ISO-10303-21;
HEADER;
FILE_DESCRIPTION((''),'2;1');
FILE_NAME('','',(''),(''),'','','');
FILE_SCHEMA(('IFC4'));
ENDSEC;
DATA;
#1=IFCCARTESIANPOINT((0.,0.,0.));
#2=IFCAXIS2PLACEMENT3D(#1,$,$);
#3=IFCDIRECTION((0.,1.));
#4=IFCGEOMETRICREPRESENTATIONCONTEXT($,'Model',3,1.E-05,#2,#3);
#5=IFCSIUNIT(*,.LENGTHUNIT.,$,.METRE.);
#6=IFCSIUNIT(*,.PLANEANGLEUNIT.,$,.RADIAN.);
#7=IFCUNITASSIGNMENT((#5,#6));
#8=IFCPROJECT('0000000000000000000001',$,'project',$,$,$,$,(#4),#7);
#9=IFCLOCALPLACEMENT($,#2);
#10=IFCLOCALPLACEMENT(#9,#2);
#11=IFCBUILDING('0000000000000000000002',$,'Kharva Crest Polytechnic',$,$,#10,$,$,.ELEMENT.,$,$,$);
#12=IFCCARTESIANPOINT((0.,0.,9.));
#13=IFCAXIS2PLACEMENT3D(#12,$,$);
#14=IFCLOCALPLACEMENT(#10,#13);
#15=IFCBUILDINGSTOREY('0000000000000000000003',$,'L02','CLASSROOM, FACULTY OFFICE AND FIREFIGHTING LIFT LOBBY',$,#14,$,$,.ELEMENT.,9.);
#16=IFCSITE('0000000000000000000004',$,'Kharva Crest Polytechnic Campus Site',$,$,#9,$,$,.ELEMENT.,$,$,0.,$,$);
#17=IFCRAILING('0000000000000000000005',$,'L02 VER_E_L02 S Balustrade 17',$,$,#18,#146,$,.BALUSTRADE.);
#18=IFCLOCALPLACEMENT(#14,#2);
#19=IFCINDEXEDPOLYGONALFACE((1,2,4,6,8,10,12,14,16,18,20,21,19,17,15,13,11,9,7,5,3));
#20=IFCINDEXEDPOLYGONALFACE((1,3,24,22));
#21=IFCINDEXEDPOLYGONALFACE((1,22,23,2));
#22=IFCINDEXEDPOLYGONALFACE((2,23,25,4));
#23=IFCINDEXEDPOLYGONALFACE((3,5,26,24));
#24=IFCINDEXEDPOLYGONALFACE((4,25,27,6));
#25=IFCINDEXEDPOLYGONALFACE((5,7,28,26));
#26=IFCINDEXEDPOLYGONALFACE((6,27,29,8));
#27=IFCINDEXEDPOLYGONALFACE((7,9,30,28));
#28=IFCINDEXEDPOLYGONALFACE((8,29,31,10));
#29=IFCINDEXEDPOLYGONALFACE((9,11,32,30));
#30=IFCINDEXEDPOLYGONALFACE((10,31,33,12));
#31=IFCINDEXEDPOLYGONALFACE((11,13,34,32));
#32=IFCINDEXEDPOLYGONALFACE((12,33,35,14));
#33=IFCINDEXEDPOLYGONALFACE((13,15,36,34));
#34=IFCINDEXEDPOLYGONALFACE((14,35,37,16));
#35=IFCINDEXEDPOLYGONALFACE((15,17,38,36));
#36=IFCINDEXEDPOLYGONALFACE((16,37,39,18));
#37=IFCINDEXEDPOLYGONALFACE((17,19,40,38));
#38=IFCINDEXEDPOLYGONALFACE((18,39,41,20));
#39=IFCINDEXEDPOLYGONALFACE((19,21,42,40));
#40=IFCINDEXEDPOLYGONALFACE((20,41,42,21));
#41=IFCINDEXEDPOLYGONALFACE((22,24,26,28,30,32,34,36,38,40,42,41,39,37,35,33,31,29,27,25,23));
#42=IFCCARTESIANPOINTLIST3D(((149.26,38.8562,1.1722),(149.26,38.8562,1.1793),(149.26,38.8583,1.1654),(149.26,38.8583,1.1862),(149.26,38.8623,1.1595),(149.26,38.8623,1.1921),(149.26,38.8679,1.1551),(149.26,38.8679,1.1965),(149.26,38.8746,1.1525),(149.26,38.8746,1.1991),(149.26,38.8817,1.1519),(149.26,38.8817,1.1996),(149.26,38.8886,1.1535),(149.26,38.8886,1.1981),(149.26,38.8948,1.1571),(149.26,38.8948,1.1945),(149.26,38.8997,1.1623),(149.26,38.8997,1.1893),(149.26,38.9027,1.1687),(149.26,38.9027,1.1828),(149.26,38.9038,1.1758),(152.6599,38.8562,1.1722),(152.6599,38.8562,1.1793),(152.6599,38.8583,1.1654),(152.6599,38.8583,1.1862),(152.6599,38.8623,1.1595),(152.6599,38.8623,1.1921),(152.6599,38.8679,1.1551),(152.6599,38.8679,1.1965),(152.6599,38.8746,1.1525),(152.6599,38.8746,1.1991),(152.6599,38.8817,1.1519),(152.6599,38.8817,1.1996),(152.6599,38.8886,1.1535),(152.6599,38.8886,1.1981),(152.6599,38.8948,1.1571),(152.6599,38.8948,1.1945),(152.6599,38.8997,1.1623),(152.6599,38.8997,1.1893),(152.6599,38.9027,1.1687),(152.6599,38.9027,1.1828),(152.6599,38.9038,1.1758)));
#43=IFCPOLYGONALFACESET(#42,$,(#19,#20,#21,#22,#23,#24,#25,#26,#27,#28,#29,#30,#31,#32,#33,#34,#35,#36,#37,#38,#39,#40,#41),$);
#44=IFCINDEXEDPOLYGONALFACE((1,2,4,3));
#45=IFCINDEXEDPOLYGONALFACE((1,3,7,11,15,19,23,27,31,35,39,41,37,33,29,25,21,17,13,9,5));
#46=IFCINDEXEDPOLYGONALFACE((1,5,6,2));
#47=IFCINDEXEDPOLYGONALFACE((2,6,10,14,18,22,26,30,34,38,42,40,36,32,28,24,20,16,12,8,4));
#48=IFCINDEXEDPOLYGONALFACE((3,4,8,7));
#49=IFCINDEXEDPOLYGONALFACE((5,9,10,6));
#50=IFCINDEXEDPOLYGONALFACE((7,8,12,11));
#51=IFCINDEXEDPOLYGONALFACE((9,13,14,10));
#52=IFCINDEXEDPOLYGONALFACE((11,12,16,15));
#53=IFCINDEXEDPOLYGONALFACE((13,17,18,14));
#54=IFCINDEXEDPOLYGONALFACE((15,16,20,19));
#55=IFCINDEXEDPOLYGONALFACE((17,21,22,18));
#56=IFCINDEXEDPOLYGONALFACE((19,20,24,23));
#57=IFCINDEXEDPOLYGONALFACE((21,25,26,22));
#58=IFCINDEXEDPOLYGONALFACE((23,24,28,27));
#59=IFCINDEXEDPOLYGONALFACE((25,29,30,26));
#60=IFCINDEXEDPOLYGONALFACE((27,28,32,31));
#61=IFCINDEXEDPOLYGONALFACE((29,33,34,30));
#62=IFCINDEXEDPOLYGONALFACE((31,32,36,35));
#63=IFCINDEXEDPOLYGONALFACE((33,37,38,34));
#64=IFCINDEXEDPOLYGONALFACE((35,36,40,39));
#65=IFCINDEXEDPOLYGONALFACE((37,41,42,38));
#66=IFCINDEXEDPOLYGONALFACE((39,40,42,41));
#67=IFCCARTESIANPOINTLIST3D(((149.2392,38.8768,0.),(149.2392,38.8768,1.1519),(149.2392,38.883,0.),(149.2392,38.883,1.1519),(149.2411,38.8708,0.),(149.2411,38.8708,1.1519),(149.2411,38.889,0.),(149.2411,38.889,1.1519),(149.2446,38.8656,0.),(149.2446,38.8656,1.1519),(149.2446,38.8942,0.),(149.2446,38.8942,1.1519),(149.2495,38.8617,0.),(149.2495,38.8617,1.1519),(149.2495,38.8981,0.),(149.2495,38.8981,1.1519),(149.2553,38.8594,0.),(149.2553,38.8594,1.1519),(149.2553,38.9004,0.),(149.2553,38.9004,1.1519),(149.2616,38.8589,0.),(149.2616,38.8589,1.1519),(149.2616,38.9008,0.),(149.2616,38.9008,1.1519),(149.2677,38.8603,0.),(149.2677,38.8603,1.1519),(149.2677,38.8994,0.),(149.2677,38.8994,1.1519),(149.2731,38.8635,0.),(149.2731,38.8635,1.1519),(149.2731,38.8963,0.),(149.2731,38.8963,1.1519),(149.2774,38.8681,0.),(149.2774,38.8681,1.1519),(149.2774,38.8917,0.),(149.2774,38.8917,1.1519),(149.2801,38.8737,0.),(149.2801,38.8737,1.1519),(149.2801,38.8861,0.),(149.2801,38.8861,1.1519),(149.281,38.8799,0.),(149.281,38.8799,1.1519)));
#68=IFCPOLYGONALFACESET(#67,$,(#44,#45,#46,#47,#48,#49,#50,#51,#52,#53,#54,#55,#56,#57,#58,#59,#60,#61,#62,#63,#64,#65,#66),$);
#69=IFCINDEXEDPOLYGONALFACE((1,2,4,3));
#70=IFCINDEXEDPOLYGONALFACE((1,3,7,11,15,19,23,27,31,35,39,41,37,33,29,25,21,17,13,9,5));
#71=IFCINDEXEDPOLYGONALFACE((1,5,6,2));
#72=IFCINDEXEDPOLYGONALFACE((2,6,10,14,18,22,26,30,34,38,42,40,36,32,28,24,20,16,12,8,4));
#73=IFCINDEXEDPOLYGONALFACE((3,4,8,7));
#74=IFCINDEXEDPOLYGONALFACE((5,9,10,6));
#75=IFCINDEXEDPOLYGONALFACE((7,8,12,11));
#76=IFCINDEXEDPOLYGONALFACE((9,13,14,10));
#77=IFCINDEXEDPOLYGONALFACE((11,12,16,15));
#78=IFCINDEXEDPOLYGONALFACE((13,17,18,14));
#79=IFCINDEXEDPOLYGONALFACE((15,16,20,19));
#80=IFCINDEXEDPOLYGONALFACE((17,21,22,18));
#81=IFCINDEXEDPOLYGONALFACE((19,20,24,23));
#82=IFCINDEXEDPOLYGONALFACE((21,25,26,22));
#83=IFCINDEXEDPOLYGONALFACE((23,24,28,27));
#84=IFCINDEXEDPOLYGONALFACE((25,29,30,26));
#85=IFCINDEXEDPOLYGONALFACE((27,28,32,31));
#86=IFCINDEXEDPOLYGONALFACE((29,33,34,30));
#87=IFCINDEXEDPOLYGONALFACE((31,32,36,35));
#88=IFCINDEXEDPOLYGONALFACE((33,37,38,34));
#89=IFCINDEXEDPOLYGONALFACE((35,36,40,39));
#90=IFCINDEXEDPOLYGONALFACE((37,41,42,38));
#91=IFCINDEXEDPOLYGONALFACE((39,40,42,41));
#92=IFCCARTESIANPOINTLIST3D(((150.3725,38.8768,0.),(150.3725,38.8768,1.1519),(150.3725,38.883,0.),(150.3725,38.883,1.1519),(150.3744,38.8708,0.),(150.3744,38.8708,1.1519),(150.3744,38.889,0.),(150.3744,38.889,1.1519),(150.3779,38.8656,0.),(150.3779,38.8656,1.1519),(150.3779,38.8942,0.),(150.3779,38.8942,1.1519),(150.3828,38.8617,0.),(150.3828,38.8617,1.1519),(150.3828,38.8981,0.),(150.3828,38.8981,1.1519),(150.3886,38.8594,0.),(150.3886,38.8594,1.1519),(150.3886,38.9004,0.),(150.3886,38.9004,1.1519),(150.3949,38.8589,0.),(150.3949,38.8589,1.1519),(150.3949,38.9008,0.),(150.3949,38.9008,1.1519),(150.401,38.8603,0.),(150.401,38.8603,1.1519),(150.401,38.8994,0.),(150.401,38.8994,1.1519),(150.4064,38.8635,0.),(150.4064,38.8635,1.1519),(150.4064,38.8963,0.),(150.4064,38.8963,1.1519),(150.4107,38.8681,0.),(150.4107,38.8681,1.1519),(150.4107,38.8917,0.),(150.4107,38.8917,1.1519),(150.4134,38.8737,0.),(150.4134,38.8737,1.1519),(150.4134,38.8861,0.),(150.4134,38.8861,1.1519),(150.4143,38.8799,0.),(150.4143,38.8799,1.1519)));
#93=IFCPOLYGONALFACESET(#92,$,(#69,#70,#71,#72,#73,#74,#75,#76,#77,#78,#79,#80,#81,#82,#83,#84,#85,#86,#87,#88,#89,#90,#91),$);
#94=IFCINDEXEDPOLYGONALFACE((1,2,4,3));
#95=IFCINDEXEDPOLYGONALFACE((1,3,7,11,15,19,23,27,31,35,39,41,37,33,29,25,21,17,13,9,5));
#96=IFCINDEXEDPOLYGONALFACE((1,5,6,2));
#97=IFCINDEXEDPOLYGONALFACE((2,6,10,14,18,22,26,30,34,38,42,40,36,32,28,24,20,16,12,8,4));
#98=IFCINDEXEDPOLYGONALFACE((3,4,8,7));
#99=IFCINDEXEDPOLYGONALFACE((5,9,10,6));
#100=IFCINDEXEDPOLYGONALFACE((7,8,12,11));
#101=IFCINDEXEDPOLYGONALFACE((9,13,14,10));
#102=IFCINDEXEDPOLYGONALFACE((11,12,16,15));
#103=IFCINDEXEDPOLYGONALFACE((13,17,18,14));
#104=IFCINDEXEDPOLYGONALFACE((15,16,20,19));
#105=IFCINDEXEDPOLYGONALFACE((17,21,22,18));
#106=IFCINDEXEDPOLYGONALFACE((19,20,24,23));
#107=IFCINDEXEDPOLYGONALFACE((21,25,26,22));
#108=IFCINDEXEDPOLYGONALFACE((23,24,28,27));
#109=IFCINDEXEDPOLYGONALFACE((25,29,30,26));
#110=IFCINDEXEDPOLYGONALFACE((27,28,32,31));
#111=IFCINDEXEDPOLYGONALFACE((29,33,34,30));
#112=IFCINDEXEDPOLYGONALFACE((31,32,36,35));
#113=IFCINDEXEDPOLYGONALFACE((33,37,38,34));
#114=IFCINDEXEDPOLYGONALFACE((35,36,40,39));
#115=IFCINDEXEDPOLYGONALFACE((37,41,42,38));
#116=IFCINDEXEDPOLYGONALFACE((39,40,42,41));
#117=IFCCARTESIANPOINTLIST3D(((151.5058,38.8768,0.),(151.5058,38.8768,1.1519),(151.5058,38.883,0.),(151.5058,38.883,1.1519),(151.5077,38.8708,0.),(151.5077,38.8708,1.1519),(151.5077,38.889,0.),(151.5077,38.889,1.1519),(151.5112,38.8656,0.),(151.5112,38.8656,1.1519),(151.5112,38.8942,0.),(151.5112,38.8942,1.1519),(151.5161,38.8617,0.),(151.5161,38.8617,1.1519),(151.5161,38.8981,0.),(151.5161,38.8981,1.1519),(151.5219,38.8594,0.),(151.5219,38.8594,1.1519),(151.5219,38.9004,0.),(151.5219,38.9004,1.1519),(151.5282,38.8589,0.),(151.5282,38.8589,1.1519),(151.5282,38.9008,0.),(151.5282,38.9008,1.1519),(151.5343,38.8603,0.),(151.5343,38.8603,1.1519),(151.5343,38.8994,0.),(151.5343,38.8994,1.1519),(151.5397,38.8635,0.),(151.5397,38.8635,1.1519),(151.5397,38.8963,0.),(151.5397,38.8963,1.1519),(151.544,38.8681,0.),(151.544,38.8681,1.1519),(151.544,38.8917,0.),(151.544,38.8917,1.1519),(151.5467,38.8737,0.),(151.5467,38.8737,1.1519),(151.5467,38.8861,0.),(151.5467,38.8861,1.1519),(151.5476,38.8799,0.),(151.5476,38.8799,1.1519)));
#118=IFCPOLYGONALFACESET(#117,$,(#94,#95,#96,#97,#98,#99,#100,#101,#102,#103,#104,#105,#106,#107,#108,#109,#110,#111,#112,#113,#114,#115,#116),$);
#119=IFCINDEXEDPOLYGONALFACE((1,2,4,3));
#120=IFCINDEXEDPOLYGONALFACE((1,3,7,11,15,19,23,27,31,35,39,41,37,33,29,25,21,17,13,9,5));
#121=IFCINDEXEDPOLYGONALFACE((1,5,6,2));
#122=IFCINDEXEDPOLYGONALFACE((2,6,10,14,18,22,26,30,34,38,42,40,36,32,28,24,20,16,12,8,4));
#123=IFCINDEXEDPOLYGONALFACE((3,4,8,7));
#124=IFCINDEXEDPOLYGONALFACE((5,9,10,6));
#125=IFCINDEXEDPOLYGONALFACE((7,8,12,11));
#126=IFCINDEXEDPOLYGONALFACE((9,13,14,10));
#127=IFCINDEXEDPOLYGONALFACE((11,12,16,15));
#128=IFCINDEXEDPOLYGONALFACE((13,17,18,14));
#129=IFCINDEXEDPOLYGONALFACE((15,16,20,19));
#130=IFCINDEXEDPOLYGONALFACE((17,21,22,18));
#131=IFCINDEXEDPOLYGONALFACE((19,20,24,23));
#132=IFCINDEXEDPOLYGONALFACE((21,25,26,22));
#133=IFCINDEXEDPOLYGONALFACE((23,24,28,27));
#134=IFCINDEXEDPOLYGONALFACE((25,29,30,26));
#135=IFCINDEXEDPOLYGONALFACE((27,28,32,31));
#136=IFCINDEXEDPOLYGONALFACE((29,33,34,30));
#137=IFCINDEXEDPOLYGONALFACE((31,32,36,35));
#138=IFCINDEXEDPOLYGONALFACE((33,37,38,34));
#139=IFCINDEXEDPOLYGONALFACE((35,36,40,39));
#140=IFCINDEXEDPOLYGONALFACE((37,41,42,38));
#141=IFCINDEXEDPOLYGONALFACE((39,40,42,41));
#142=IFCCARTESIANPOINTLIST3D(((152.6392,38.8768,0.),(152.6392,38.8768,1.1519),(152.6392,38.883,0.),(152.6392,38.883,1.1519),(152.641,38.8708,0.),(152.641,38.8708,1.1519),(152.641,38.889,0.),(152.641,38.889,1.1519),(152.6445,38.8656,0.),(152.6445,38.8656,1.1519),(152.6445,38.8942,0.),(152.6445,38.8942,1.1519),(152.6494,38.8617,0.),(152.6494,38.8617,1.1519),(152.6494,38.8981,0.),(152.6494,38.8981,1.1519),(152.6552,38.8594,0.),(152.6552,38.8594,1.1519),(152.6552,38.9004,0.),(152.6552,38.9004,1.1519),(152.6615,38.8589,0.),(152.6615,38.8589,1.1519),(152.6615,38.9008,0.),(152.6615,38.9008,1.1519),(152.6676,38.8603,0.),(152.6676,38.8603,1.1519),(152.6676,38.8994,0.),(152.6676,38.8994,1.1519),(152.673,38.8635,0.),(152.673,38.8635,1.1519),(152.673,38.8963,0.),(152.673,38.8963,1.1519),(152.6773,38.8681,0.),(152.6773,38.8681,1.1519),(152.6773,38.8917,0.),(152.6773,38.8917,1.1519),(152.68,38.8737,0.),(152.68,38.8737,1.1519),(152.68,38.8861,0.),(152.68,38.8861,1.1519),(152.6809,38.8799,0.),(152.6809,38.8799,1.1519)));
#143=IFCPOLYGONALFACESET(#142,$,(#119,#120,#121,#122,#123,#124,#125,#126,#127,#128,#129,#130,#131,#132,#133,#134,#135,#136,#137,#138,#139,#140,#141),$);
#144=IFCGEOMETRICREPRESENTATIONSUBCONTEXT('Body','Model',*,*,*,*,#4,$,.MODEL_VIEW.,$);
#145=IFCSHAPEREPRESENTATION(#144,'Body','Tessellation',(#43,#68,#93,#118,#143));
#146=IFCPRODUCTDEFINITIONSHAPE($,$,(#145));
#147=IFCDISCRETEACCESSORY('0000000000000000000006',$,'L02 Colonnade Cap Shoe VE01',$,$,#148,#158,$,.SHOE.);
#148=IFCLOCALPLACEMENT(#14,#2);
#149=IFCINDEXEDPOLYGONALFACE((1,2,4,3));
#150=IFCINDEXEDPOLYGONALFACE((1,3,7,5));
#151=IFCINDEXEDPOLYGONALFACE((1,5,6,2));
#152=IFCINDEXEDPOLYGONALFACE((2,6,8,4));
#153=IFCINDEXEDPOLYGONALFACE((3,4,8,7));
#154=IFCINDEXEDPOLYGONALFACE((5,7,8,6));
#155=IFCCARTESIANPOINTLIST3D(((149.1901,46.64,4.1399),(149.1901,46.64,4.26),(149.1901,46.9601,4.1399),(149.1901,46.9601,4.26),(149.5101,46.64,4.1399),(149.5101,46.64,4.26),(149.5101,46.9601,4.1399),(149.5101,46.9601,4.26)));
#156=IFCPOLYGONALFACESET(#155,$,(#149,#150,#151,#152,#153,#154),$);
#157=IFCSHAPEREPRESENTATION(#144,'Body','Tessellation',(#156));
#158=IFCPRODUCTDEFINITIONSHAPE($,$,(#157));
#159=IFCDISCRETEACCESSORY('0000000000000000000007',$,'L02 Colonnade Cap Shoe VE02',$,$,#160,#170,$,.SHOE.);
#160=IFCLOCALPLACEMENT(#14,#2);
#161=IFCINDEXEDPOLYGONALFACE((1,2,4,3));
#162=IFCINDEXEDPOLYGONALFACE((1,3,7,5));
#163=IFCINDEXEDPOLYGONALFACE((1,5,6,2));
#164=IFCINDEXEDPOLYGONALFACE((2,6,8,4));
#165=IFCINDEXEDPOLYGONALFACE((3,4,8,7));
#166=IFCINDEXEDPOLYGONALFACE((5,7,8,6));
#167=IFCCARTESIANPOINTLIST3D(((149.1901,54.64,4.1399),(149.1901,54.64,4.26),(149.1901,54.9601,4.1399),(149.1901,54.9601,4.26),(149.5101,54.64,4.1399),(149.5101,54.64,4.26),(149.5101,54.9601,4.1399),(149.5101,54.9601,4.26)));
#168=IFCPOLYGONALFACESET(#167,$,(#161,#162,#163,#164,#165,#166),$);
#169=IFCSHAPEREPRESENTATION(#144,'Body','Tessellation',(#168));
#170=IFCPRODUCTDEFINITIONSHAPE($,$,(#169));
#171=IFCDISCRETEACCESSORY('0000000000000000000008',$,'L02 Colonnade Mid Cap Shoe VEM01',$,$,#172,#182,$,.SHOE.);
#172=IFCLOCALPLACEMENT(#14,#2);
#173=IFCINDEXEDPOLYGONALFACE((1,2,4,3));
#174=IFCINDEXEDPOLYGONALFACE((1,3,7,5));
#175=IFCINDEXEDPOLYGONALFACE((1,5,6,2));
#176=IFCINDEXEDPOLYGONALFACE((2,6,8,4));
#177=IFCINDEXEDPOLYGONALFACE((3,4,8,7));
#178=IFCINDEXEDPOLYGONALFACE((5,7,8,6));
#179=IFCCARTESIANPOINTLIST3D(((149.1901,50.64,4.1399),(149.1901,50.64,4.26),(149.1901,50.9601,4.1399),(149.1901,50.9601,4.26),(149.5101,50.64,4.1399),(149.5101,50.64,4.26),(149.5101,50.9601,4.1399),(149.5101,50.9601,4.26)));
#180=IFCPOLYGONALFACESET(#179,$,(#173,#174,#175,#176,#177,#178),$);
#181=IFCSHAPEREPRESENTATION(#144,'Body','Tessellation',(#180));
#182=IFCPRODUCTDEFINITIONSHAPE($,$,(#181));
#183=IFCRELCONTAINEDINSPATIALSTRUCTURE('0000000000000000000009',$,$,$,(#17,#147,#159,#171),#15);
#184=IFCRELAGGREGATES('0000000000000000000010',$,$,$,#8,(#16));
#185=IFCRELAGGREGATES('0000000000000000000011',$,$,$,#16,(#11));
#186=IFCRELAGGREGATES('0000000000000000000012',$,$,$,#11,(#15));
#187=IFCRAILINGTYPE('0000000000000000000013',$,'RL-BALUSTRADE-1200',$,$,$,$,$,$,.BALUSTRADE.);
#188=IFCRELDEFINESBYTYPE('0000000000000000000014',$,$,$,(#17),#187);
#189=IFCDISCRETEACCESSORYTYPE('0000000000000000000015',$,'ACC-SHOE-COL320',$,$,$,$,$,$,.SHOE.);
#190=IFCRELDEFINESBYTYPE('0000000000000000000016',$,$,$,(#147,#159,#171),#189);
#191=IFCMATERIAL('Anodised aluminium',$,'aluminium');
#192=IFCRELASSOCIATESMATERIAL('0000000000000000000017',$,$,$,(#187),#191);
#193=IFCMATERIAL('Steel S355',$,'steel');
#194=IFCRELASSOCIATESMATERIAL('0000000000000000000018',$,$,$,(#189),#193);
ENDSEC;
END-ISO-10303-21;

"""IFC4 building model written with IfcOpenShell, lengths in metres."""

from ifc_helpers import new_model, si_unit, direction, frame, origin, origin_2d, place, context, subcontext, project, spatial, rectangle, circle, extrude, material, type_object, element, save


model = new_model("IFC4")

# Units and contexts
model_context = context("Model", 3, precision=1e-05, world=origin(), true_north=direction((0.0, 1.0)))
body_context = subcontext(model_context, "Body", "Model", "MODEL_VIEW")
ifc_project = project(units=[si_unit("LENGTHUNIT", "METRE"), si_unit("PLANEANGLEUNIT", "RADIAN")], contexts=[model_context])

# Site, building, storey
site_placement = place(None, origin())
site = spatial("IfcSite", under=ifc_project, at=site_placement, Name="Kharva Crest Polytechnic Campus Site", CompositionType="ELEMENT", RefElevation=0.0)
building_placement = place(site_placement, origin())
building = spatial("IfcBuilding", under=site, at=building_placement, Name="Kharva Crest Polytechnic", CompositionType="ELEMENT")
storey_placement = place(building_placement, frame((0.0, 0.0, 9.0)))
storey = spatial("IfcBuildingStorey", under=building, at=storey_placement, Name="L02", Description="CLASSROOM, FACULTY OFFICE AND FIREFIGHTING LIFT LOBBY", CompositionType="ELEMENT", Elevation=9.0)

# Shared definitions
ifc_material_1 = material(Name="Steel S355", Category="steel")

# Shared definitions
ifc_material_2 = material(Name="Anodised aluminium", Category="aluminium")

# Railing
railing_type = type_object("IfcRailingType", Name="RL-BALUSTRADE-1200", PredefinedType="BALUSTRADE", material=ifc_material_2)
railing_1_placement = place(storey_placement, frame((149.26, 38.8799, 0.0)))
element("IfcRailing", 1, at=railing_1_placement, inside=storey, type_object=railing_type, Name="L02 VER_E_L02 S Balustrade 17", PredefinedType="BALUSTRADE", context=body_context, shape_type="SweptSolid", body=[
    extrude(circle(Radius=0.0239, at=origin_2d()), frame((0.0, 0.0, 1.1758), z_axis=(1.0, 0.0, 0.0), x_axis=(0.0, 1.0, 0.0)), (0.0, 0.0, 1.0), 3.3999),
    extrude(circle(Radius=0.021, at=origin_2d()), origin(), (0.0, 0.0, 1.0), 1.1519),
    extrude(circle(Radius=0.021, at=origin_2d()), frame((1.1333, 0.0, 0.0)), (0.0, 0.0, 1.0), 1.1519),
    extrude(circle(Radius=0.021, at=origin_2d()), frame((2.2666, 0.0, 0.0)), (0.0, 0.0, 1.0), 1.1519),
    extrude(circle(Radius=0.021, at=origin_2d()), frame((3.3999, 0.0, 0.0)), (0.0, 0.0, 1.0), 1.1519),
])

# Discrete accessories
discrete_accessory_type = type_object("IfcDiscreteAccessoryType", Name="ACC-SHOE-COL320", PredefinedType="SHOE", material=ifc_material_1)
for number, where, z_axis, x_axis, name in (
    (2, (149.3501, 46.8, 4.1399), (0.0, 0.0, 1.0), (1.0, 0.0, 0.0), "L02 Colonnade Cap Shoe VE01"),
    (3, (149.3501, 54.8, 4.1399), (0.0, 0.0, 1.0), (1.0, 0.0, 0.0), "L02 Colonnade Cap Shoe VE02"),
    (4, (149.3501, 50.8, 4.1399), (0.0, 0.0, 1.0), (1.0, 0.0, 0.0), "L02 Colonnade Mid Cap Shoe VEM01"),
):
    element("IfcDiscreteAccessory", number, at=place(storey_placement, frame(where, z_axis=z_axis, x_axis=x_axis)), inside=storey, type_object=discrete_accessory_type, Name=name, PredefinedType="SHOE", context=body_context, shape_type="SweptSolid", body=[
        extrude(rectangle(XDim=0.3201, YDim=0.3201, at=origin_2d()), origin(), (0.0, 0.0, 1.0), 0.1201),
    ])

save(model, "model.ifc")
